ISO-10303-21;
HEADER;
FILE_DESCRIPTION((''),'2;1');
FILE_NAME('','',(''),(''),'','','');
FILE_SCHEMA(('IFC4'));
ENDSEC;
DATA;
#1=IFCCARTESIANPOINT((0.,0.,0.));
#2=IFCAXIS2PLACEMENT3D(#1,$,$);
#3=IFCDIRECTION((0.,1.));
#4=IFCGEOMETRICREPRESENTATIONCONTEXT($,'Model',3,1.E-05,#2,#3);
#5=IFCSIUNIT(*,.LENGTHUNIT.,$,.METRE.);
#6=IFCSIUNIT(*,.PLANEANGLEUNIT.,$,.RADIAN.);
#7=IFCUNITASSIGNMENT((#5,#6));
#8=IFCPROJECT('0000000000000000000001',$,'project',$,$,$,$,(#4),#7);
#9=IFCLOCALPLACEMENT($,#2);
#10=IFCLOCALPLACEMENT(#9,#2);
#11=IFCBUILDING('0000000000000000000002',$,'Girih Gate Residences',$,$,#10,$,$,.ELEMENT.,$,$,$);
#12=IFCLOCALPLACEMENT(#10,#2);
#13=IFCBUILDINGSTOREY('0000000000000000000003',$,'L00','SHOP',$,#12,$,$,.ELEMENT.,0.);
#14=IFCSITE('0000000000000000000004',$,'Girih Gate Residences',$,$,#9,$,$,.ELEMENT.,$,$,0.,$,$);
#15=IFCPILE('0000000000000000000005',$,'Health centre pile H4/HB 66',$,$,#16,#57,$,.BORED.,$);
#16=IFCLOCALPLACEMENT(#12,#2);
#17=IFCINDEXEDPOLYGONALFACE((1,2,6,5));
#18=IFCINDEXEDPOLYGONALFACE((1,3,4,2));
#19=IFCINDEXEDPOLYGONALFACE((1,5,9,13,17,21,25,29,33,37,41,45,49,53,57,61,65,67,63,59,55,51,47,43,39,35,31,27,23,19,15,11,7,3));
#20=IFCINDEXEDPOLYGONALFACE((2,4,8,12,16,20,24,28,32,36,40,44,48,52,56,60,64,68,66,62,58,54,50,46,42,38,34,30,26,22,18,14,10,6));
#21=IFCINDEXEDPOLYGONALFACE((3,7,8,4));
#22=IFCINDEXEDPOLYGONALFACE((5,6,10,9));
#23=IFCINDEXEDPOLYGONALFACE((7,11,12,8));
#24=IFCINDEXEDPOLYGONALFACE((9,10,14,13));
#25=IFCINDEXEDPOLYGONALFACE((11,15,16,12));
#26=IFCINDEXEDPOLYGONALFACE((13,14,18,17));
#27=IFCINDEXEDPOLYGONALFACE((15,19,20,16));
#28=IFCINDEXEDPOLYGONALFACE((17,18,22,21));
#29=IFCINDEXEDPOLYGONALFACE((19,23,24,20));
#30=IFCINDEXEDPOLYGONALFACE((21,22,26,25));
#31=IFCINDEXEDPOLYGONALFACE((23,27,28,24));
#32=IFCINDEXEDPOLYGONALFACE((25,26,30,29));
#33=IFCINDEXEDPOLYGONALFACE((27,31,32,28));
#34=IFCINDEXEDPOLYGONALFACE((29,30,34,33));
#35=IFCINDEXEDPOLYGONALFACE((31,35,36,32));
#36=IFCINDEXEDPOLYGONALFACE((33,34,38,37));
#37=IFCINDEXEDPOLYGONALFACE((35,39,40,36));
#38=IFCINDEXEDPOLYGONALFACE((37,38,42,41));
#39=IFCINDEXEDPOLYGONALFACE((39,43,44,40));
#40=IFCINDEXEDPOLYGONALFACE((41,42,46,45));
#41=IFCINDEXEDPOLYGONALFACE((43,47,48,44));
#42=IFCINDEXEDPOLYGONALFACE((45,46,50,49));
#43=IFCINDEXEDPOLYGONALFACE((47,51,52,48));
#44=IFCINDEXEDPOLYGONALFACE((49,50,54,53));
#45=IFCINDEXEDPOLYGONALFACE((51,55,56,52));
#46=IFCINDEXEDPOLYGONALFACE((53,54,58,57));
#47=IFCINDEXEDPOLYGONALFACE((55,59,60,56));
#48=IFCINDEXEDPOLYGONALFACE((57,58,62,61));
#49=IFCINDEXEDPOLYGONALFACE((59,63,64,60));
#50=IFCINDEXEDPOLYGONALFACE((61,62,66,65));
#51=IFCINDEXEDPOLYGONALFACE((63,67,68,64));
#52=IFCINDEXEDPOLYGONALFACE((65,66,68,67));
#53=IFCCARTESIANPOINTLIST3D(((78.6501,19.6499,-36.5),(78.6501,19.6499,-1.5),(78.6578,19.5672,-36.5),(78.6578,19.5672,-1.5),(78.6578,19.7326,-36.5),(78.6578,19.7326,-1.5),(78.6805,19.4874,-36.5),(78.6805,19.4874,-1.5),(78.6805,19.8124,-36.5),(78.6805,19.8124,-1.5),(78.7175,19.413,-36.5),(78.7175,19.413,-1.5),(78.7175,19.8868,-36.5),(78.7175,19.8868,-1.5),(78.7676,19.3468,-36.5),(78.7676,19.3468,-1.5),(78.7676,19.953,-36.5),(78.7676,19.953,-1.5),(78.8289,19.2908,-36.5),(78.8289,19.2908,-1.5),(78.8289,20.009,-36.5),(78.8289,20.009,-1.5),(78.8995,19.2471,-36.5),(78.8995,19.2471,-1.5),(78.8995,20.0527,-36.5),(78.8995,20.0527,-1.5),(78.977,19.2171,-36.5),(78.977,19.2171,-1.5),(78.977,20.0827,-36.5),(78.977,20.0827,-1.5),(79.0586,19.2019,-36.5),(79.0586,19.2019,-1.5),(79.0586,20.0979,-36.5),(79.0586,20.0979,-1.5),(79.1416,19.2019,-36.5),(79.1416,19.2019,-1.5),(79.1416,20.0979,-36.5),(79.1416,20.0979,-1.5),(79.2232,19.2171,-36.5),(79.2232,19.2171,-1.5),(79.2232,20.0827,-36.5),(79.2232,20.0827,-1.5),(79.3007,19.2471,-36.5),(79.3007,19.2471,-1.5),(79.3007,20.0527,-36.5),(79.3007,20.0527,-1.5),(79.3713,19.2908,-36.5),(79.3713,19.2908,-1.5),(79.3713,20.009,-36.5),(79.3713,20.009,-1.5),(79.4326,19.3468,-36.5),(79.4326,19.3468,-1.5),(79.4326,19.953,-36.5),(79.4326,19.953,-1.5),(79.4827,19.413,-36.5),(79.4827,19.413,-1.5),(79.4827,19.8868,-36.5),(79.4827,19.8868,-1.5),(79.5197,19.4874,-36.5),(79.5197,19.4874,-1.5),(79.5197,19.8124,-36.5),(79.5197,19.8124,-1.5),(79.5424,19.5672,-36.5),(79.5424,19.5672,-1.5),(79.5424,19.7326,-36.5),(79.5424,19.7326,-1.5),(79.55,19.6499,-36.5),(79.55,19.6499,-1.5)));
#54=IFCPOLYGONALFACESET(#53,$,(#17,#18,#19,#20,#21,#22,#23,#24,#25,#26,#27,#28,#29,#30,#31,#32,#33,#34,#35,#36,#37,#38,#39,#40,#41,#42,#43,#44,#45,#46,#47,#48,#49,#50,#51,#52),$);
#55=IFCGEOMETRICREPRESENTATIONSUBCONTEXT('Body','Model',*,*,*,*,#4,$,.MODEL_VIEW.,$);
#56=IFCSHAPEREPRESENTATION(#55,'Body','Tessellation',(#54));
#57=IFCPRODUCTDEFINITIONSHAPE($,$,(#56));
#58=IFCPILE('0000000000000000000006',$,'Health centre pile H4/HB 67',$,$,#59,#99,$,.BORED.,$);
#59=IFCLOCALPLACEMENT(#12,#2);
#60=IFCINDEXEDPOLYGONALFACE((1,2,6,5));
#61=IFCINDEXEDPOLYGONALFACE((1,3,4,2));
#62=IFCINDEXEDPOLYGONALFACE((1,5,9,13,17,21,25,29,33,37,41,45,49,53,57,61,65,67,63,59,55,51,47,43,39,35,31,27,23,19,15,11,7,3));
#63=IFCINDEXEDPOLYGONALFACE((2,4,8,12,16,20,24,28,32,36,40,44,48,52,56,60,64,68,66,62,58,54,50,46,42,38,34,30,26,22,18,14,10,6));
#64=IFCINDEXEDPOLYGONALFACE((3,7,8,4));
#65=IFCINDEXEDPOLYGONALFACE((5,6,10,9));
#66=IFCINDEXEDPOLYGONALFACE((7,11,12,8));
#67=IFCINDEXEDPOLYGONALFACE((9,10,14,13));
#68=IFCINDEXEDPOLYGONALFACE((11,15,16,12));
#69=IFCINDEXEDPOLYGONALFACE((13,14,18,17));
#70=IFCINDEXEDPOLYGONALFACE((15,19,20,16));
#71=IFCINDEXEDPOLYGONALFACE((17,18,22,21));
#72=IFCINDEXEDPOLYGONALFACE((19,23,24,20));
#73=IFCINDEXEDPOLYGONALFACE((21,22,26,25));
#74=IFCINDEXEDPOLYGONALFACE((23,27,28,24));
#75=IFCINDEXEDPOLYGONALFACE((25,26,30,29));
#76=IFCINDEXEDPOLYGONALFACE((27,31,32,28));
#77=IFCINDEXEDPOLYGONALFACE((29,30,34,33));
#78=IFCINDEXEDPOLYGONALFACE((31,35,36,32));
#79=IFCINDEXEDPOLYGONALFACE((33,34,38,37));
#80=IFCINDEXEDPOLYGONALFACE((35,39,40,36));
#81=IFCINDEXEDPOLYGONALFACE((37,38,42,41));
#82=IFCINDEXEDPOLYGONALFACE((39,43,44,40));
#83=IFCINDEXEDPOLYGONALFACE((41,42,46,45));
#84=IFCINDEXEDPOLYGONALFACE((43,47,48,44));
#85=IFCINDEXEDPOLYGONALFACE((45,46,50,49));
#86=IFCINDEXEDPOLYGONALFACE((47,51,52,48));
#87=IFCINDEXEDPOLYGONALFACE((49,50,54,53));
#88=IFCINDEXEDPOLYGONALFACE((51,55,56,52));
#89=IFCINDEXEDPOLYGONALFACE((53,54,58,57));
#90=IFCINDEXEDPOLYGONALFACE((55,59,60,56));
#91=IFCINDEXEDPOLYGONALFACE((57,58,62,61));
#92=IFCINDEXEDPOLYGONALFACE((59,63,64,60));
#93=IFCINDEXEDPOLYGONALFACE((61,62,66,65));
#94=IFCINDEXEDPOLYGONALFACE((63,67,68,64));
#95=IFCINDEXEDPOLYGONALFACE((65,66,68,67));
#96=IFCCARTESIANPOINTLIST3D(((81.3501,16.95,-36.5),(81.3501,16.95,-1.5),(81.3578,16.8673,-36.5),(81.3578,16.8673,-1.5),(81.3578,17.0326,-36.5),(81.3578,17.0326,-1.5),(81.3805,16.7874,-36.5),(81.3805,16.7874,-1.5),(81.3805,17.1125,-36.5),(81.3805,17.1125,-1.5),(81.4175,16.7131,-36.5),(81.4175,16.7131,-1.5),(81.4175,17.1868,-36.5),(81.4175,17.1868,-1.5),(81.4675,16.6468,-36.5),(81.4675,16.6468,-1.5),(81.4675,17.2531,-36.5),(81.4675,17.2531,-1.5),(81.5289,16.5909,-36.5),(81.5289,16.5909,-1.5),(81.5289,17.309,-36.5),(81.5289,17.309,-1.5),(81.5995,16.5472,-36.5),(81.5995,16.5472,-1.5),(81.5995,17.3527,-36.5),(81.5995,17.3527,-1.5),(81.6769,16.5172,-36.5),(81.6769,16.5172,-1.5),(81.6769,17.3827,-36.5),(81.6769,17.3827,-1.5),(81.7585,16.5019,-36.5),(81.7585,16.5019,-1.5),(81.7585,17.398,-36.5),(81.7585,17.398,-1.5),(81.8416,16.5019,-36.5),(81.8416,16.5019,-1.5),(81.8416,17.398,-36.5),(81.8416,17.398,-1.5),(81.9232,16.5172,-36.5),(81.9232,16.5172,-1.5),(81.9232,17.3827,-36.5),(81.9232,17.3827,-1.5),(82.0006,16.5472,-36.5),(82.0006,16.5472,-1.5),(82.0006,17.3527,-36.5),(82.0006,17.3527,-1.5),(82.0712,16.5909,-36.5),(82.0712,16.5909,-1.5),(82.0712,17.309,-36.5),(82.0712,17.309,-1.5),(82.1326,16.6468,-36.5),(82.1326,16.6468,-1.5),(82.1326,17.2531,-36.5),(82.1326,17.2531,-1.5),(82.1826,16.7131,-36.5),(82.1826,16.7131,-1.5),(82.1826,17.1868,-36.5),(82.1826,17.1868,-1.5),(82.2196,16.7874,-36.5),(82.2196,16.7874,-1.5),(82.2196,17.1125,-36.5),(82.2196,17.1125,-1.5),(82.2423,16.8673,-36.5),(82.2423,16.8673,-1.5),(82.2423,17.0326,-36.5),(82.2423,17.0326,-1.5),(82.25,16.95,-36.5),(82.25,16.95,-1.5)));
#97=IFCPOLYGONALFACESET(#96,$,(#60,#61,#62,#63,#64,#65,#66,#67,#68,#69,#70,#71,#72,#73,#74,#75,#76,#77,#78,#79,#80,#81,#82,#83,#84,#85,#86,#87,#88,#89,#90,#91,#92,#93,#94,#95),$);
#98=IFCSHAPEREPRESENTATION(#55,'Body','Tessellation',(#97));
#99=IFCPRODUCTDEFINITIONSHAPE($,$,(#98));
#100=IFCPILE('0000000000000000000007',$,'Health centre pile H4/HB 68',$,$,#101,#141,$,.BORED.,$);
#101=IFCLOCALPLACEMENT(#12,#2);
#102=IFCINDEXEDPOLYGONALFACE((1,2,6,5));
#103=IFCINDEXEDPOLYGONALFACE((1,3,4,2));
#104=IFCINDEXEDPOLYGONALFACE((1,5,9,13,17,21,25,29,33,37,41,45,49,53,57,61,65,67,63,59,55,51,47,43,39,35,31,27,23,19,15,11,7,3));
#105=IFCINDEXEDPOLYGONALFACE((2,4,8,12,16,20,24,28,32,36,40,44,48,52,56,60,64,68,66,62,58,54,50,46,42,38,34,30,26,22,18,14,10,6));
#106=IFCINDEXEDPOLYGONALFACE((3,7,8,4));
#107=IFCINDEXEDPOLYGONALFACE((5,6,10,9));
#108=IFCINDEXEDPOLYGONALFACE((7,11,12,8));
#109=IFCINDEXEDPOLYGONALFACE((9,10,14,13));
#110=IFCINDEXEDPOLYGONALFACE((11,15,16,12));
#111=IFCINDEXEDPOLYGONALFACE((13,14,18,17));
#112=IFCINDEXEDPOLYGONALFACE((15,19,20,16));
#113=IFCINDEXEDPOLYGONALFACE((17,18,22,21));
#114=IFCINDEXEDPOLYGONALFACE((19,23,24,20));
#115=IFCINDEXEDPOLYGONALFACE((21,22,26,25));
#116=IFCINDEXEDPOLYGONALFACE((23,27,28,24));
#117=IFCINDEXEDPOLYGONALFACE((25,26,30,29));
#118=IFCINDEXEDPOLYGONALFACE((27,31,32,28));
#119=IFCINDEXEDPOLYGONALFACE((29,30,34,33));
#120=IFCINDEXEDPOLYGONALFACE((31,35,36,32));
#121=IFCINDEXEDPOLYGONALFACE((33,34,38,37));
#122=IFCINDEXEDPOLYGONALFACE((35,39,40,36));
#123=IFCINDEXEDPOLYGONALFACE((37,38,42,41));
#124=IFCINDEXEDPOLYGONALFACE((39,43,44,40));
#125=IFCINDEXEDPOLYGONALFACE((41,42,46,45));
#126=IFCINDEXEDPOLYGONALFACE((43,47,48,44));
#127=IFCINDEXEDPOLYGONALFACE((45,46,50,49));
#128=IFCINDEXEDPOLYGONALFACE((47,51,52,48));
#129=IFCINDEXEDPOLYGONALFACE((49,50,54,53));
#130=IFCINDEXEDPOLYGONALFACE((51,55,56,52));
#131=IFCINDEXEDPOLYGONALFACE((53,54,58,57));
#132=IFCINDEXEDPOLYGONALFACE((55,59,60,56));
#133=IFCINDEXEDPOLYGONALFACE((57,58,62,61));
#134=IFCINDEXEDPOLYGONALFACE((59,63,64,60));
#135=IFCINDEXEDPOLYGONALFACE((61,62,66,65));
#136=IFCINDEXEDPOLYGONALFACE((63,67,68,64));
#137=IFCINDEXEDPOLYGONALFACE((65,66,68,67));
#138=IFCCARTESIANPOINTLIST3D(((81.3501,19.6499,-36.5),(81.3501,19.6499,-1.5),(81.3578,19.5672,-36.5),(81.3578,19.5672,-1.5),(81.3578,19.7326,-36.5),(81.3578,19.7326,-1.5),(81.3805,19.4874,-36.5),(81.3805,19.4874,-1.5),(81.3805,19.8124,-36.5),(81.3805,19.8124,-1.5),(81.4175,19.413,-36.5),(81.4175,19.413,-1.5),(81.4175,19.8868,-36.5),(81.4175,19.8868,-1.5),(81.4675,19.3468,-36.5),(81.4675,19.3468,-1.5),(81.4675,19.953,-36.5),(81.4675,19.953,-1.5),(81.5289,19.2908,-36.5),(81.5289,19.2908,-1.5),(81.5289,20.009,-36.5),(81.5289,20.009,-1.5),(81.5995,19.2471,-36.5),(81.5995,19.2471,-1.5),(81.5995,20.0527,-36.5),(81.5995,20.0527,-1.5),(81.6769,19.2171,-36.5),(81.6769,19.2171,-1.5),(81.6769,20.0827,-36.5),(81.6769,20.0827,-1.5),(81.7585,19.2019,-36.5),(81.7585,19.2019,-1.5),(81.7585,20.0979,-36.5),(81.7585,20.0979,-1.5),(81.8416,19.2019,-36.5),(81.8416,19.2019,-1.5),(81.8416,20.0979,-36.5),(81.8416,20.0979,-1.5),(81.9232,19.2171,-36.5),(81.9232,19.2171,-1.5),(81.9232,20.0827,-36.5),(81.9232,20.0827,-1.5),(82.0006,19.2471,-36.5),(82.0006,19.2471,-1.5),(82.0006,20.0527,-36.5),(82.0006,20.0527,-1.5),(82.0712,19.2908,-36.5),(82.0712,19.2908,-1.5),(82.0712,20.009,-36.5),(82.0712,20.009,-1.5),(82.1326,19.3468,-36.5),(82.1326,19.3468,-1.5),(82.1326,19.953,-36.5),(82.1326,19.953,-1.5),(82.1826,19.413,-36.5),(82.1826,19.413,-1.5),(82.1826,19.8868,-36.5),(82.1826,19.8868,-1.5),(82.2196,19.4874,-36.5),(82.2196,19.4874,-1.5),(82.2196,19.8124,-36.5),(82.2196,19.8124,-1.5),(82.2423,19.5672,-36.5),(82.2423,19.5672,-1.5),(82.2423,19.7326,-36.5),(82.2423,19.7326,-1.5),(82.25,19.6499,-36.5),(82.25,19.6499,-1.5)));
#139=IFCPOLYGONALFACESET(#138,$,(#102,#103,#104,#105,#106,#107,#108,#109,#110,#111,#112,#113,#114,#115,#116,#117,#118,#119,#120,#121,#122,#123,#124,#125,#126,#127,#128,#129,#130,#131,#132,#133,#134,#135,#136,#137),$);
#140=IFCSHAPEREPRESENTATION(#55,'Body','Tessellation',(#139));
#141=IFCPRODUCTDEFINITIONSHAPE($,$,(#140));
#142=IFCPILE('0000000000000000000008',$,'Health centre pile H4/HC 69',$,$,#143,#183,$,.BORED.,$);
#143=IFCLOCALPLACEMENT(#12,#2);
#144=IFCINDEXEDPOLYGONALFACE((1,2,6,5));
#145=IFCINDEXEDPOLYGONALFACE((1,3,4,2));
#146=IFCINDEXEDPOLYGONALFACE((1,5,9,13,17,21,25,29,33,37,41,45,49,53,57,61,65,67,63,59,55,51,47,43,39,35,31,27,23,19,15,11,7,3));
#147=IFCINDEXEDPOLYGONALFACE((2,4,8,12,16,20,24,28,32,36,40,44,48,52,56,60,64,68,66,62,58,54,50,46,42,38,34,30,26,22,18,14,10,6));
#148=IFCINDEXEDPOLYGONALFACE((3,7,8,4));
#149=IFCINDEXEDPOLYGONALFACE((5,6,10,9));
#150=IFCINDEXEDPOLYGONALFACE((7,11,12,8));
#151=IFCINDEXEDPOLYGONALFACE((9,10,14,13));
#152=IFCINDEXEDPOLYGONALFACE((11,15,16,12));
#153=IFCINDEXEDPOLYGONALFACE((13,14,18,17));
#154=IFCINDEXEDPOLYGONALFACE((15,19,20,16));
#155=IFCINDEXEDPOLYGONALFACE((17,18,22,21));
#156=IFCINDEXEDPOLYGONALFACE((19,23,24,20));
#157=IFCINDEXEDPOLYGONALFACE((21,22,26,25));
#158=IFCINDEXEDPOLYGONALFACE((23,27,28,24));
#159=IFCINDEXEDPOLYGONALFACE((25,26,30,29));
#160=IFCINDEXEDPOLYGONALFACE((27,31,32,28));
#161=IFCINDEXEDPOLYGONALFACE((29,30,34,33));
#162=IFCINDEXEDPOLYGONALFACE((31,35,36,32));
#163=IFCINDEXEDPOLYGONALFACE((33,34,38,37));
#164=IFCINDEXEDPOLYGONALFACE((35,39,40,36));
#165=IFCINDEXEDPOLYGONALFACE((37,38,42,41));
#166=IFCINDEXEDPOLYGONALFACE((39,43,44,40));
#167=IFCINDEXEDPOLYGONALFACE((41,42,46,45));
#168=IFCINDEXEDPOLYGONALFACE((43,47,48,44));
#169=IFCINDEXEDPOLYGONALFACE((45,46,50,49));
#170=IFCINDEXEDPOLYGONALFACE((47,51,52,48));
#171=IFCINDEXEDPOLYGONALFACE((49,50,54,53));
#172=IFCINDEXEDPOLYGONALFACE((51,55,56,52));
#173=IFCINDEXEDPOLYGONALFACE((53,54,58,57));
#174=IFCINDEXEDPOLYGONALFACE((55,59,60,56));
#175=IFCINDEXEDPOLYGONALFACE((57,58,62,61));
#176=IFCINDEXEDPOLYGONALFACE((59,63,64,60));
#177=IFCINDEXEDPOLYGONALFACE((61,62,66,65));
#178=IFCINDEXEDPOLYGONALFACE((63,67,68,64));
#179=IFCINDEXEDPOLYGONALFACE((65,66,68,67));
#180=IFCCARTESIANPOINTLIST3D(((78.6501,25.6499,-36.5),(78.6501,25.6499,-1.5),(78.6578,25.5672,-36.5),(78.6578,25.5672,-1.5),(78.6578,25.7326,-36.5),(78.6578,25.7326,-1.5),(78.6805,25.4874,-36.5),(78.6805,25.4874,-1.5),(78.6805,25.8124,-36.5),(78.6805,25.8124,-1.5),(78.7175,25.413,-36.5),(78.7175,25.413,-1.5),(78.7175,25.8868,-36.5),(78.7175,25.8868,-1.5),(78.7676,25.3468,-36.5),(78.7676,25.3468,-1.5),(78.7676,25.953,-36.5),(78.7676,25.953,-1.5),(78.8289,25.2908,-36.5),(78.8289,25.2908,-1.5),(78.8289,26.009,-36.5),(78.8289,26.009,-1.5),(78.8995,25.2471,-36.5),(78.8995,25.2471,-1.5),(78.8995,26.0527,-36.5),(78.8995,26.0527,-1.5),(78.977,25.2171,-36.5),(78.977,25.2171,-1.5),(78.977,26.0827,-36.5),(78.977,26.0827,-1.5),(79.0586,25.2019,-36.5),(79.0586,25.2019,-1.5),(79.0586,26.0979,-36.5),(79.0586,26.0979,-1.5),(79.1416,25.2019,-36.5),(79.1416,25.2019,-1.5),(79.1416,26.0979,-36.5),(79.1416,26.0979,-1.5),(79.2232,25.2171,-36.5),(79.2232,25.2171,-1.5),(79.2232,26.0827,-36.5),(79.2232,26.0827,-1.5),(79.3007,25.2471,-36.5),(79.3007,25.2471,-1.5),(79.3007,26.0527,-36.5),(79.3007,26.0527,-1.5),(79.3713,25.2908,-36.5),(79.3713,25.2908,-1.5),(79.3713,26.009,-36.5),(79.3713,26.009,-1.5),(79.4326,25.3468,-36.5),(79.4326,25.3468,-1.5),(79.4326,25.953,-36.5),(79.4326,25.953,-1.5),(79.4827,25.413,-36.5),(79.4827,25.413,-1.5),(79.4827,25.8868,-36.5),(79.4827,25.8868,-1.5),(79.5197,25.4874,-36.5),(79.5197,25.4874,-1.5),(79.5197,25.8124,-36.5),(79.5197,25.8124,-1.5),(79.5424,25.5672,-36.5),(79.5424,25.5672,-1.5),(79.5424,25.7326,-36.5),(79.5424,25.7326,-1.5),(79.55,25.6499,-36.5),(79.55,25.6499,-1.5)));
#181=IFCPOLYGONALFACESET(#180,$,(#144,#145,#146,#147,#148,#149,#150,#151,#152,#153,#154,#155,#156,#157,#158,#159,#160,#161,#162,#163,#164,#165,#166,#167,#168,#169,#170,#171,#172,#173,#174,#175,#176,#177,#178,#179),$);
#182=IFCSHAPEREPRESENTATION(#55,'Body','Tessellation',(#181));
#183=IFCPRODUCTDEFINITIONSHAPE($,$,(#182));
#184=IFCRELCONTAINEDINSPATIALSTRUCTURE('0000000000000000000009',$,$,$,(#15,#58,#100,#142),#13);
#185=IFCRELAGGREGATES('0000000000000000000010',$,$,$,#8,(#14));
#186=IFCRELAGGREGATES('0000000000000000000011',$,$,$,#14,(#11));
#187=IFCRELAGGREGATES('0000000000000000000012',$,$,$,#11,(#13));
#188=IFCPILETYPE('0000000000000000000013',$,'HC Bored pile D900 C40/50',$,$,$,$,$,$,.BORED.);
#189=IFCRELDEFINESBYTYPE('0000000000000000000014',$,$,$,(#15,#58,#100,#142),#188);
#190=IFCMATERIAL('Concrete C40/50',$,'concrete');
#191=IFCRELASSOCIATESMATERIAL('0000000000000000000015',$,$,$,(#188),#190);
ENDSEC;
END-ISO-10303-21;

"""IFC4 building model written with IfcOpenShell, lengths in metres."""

from ifc_helpers import new_model, si_unit, direction, frame, origin, origin_2d, place, context, subcontext, project, spatial, circle, extrude, material, material_profile, profile_set, type_object, element, save


model = new_model("IFC4")

# Units and contexts
model_context = context("Model", 3, precision=1e-05, world=origin(), true_north=direction((0.0, 1.0)))
body_context = subcontext(model_context, "Body", "Model", "MODEL_VIEW")
ifc_project = project(units=[si_unit("LENGTHUNIT", "METRE"), si_unit("PLANEANGLEUNIT", "RADIAN")], contexts=[model_context])

# Site, building, storey
site_placement = place(None, origin())
site = spatial("IfcSite", under=ifc_project, at=site_placement, Name="Girih Gate Residences", CompositionType="ELEMENT", RefElevation=0.0)
building_placement = place(site_placement, origin())
building = spatial("IfcBuilding", under=site, at=building_placement, Name="Girih Gate Residences", CompositionType="ELEMENT")
storey_placement = place(building_placement, origin())
storey = spatial("IfcBuildingStorey", under=building, at=storey_placement, Name="L00", Description="SHOP", CompositionType="ELEMENT", Elevation=0.0)

# Piles
ifc_material_1 = material(Name="Concrete C40/50", Category="concrete")
ifc_material_profile_1 = material_profile(ifc_material_1, circle(Radius=0.45, at=origin_2d()))
ifc_profile_set_1 = profile_set([ifc_material_profile_1], Name="Concrete C40/50")
pile_type = type_object("IfcPileType", Name="HC Bored pile D900 C40/50", PredefinedType="BORED", material=ifc_profile_set_1)
for number, where, z_axis, x_axis, name in (
    (1, (79.1001, 19.6499, -1.5), (0.0, 0.0, -1.0), (1.0, 0.0, 0.0), "Health centre pile H4/HB 66"),
    (2, (81.8, 16.95, -1.5), (0.0, 0.0, -1.0), (1.0, 0.0, 0.0), "Health centre pile H4/HB 67"),
    (3, (81.8, 19.6499, -1.5), (0.0, 0.0, -1.0), (1.0, 0.0, 0.0), "Health centre pile H4/HB 68"),
    (4, (79.1001, 25.6499, -1.5), (0.0, 0.0, -1.0), (1.0, 0.0, 0.0), "Health centre pile H4/HC 69"),
):
    element("IfcPile", number, at=place(storey_placement, frame(where, z_axis=z_axis, x_axis=x_axis)), inside=storey, type_object=pile_type, Name=name, PredefinedType="BORED", context=body_context, shape_type="SweptSolid", body=[
        extrude(circle(Radius=0.45, at=origin_2d()), origin(), (0.0, 0.0, 1.0), 35.0),
    ])

save(model, "model.ifc")
